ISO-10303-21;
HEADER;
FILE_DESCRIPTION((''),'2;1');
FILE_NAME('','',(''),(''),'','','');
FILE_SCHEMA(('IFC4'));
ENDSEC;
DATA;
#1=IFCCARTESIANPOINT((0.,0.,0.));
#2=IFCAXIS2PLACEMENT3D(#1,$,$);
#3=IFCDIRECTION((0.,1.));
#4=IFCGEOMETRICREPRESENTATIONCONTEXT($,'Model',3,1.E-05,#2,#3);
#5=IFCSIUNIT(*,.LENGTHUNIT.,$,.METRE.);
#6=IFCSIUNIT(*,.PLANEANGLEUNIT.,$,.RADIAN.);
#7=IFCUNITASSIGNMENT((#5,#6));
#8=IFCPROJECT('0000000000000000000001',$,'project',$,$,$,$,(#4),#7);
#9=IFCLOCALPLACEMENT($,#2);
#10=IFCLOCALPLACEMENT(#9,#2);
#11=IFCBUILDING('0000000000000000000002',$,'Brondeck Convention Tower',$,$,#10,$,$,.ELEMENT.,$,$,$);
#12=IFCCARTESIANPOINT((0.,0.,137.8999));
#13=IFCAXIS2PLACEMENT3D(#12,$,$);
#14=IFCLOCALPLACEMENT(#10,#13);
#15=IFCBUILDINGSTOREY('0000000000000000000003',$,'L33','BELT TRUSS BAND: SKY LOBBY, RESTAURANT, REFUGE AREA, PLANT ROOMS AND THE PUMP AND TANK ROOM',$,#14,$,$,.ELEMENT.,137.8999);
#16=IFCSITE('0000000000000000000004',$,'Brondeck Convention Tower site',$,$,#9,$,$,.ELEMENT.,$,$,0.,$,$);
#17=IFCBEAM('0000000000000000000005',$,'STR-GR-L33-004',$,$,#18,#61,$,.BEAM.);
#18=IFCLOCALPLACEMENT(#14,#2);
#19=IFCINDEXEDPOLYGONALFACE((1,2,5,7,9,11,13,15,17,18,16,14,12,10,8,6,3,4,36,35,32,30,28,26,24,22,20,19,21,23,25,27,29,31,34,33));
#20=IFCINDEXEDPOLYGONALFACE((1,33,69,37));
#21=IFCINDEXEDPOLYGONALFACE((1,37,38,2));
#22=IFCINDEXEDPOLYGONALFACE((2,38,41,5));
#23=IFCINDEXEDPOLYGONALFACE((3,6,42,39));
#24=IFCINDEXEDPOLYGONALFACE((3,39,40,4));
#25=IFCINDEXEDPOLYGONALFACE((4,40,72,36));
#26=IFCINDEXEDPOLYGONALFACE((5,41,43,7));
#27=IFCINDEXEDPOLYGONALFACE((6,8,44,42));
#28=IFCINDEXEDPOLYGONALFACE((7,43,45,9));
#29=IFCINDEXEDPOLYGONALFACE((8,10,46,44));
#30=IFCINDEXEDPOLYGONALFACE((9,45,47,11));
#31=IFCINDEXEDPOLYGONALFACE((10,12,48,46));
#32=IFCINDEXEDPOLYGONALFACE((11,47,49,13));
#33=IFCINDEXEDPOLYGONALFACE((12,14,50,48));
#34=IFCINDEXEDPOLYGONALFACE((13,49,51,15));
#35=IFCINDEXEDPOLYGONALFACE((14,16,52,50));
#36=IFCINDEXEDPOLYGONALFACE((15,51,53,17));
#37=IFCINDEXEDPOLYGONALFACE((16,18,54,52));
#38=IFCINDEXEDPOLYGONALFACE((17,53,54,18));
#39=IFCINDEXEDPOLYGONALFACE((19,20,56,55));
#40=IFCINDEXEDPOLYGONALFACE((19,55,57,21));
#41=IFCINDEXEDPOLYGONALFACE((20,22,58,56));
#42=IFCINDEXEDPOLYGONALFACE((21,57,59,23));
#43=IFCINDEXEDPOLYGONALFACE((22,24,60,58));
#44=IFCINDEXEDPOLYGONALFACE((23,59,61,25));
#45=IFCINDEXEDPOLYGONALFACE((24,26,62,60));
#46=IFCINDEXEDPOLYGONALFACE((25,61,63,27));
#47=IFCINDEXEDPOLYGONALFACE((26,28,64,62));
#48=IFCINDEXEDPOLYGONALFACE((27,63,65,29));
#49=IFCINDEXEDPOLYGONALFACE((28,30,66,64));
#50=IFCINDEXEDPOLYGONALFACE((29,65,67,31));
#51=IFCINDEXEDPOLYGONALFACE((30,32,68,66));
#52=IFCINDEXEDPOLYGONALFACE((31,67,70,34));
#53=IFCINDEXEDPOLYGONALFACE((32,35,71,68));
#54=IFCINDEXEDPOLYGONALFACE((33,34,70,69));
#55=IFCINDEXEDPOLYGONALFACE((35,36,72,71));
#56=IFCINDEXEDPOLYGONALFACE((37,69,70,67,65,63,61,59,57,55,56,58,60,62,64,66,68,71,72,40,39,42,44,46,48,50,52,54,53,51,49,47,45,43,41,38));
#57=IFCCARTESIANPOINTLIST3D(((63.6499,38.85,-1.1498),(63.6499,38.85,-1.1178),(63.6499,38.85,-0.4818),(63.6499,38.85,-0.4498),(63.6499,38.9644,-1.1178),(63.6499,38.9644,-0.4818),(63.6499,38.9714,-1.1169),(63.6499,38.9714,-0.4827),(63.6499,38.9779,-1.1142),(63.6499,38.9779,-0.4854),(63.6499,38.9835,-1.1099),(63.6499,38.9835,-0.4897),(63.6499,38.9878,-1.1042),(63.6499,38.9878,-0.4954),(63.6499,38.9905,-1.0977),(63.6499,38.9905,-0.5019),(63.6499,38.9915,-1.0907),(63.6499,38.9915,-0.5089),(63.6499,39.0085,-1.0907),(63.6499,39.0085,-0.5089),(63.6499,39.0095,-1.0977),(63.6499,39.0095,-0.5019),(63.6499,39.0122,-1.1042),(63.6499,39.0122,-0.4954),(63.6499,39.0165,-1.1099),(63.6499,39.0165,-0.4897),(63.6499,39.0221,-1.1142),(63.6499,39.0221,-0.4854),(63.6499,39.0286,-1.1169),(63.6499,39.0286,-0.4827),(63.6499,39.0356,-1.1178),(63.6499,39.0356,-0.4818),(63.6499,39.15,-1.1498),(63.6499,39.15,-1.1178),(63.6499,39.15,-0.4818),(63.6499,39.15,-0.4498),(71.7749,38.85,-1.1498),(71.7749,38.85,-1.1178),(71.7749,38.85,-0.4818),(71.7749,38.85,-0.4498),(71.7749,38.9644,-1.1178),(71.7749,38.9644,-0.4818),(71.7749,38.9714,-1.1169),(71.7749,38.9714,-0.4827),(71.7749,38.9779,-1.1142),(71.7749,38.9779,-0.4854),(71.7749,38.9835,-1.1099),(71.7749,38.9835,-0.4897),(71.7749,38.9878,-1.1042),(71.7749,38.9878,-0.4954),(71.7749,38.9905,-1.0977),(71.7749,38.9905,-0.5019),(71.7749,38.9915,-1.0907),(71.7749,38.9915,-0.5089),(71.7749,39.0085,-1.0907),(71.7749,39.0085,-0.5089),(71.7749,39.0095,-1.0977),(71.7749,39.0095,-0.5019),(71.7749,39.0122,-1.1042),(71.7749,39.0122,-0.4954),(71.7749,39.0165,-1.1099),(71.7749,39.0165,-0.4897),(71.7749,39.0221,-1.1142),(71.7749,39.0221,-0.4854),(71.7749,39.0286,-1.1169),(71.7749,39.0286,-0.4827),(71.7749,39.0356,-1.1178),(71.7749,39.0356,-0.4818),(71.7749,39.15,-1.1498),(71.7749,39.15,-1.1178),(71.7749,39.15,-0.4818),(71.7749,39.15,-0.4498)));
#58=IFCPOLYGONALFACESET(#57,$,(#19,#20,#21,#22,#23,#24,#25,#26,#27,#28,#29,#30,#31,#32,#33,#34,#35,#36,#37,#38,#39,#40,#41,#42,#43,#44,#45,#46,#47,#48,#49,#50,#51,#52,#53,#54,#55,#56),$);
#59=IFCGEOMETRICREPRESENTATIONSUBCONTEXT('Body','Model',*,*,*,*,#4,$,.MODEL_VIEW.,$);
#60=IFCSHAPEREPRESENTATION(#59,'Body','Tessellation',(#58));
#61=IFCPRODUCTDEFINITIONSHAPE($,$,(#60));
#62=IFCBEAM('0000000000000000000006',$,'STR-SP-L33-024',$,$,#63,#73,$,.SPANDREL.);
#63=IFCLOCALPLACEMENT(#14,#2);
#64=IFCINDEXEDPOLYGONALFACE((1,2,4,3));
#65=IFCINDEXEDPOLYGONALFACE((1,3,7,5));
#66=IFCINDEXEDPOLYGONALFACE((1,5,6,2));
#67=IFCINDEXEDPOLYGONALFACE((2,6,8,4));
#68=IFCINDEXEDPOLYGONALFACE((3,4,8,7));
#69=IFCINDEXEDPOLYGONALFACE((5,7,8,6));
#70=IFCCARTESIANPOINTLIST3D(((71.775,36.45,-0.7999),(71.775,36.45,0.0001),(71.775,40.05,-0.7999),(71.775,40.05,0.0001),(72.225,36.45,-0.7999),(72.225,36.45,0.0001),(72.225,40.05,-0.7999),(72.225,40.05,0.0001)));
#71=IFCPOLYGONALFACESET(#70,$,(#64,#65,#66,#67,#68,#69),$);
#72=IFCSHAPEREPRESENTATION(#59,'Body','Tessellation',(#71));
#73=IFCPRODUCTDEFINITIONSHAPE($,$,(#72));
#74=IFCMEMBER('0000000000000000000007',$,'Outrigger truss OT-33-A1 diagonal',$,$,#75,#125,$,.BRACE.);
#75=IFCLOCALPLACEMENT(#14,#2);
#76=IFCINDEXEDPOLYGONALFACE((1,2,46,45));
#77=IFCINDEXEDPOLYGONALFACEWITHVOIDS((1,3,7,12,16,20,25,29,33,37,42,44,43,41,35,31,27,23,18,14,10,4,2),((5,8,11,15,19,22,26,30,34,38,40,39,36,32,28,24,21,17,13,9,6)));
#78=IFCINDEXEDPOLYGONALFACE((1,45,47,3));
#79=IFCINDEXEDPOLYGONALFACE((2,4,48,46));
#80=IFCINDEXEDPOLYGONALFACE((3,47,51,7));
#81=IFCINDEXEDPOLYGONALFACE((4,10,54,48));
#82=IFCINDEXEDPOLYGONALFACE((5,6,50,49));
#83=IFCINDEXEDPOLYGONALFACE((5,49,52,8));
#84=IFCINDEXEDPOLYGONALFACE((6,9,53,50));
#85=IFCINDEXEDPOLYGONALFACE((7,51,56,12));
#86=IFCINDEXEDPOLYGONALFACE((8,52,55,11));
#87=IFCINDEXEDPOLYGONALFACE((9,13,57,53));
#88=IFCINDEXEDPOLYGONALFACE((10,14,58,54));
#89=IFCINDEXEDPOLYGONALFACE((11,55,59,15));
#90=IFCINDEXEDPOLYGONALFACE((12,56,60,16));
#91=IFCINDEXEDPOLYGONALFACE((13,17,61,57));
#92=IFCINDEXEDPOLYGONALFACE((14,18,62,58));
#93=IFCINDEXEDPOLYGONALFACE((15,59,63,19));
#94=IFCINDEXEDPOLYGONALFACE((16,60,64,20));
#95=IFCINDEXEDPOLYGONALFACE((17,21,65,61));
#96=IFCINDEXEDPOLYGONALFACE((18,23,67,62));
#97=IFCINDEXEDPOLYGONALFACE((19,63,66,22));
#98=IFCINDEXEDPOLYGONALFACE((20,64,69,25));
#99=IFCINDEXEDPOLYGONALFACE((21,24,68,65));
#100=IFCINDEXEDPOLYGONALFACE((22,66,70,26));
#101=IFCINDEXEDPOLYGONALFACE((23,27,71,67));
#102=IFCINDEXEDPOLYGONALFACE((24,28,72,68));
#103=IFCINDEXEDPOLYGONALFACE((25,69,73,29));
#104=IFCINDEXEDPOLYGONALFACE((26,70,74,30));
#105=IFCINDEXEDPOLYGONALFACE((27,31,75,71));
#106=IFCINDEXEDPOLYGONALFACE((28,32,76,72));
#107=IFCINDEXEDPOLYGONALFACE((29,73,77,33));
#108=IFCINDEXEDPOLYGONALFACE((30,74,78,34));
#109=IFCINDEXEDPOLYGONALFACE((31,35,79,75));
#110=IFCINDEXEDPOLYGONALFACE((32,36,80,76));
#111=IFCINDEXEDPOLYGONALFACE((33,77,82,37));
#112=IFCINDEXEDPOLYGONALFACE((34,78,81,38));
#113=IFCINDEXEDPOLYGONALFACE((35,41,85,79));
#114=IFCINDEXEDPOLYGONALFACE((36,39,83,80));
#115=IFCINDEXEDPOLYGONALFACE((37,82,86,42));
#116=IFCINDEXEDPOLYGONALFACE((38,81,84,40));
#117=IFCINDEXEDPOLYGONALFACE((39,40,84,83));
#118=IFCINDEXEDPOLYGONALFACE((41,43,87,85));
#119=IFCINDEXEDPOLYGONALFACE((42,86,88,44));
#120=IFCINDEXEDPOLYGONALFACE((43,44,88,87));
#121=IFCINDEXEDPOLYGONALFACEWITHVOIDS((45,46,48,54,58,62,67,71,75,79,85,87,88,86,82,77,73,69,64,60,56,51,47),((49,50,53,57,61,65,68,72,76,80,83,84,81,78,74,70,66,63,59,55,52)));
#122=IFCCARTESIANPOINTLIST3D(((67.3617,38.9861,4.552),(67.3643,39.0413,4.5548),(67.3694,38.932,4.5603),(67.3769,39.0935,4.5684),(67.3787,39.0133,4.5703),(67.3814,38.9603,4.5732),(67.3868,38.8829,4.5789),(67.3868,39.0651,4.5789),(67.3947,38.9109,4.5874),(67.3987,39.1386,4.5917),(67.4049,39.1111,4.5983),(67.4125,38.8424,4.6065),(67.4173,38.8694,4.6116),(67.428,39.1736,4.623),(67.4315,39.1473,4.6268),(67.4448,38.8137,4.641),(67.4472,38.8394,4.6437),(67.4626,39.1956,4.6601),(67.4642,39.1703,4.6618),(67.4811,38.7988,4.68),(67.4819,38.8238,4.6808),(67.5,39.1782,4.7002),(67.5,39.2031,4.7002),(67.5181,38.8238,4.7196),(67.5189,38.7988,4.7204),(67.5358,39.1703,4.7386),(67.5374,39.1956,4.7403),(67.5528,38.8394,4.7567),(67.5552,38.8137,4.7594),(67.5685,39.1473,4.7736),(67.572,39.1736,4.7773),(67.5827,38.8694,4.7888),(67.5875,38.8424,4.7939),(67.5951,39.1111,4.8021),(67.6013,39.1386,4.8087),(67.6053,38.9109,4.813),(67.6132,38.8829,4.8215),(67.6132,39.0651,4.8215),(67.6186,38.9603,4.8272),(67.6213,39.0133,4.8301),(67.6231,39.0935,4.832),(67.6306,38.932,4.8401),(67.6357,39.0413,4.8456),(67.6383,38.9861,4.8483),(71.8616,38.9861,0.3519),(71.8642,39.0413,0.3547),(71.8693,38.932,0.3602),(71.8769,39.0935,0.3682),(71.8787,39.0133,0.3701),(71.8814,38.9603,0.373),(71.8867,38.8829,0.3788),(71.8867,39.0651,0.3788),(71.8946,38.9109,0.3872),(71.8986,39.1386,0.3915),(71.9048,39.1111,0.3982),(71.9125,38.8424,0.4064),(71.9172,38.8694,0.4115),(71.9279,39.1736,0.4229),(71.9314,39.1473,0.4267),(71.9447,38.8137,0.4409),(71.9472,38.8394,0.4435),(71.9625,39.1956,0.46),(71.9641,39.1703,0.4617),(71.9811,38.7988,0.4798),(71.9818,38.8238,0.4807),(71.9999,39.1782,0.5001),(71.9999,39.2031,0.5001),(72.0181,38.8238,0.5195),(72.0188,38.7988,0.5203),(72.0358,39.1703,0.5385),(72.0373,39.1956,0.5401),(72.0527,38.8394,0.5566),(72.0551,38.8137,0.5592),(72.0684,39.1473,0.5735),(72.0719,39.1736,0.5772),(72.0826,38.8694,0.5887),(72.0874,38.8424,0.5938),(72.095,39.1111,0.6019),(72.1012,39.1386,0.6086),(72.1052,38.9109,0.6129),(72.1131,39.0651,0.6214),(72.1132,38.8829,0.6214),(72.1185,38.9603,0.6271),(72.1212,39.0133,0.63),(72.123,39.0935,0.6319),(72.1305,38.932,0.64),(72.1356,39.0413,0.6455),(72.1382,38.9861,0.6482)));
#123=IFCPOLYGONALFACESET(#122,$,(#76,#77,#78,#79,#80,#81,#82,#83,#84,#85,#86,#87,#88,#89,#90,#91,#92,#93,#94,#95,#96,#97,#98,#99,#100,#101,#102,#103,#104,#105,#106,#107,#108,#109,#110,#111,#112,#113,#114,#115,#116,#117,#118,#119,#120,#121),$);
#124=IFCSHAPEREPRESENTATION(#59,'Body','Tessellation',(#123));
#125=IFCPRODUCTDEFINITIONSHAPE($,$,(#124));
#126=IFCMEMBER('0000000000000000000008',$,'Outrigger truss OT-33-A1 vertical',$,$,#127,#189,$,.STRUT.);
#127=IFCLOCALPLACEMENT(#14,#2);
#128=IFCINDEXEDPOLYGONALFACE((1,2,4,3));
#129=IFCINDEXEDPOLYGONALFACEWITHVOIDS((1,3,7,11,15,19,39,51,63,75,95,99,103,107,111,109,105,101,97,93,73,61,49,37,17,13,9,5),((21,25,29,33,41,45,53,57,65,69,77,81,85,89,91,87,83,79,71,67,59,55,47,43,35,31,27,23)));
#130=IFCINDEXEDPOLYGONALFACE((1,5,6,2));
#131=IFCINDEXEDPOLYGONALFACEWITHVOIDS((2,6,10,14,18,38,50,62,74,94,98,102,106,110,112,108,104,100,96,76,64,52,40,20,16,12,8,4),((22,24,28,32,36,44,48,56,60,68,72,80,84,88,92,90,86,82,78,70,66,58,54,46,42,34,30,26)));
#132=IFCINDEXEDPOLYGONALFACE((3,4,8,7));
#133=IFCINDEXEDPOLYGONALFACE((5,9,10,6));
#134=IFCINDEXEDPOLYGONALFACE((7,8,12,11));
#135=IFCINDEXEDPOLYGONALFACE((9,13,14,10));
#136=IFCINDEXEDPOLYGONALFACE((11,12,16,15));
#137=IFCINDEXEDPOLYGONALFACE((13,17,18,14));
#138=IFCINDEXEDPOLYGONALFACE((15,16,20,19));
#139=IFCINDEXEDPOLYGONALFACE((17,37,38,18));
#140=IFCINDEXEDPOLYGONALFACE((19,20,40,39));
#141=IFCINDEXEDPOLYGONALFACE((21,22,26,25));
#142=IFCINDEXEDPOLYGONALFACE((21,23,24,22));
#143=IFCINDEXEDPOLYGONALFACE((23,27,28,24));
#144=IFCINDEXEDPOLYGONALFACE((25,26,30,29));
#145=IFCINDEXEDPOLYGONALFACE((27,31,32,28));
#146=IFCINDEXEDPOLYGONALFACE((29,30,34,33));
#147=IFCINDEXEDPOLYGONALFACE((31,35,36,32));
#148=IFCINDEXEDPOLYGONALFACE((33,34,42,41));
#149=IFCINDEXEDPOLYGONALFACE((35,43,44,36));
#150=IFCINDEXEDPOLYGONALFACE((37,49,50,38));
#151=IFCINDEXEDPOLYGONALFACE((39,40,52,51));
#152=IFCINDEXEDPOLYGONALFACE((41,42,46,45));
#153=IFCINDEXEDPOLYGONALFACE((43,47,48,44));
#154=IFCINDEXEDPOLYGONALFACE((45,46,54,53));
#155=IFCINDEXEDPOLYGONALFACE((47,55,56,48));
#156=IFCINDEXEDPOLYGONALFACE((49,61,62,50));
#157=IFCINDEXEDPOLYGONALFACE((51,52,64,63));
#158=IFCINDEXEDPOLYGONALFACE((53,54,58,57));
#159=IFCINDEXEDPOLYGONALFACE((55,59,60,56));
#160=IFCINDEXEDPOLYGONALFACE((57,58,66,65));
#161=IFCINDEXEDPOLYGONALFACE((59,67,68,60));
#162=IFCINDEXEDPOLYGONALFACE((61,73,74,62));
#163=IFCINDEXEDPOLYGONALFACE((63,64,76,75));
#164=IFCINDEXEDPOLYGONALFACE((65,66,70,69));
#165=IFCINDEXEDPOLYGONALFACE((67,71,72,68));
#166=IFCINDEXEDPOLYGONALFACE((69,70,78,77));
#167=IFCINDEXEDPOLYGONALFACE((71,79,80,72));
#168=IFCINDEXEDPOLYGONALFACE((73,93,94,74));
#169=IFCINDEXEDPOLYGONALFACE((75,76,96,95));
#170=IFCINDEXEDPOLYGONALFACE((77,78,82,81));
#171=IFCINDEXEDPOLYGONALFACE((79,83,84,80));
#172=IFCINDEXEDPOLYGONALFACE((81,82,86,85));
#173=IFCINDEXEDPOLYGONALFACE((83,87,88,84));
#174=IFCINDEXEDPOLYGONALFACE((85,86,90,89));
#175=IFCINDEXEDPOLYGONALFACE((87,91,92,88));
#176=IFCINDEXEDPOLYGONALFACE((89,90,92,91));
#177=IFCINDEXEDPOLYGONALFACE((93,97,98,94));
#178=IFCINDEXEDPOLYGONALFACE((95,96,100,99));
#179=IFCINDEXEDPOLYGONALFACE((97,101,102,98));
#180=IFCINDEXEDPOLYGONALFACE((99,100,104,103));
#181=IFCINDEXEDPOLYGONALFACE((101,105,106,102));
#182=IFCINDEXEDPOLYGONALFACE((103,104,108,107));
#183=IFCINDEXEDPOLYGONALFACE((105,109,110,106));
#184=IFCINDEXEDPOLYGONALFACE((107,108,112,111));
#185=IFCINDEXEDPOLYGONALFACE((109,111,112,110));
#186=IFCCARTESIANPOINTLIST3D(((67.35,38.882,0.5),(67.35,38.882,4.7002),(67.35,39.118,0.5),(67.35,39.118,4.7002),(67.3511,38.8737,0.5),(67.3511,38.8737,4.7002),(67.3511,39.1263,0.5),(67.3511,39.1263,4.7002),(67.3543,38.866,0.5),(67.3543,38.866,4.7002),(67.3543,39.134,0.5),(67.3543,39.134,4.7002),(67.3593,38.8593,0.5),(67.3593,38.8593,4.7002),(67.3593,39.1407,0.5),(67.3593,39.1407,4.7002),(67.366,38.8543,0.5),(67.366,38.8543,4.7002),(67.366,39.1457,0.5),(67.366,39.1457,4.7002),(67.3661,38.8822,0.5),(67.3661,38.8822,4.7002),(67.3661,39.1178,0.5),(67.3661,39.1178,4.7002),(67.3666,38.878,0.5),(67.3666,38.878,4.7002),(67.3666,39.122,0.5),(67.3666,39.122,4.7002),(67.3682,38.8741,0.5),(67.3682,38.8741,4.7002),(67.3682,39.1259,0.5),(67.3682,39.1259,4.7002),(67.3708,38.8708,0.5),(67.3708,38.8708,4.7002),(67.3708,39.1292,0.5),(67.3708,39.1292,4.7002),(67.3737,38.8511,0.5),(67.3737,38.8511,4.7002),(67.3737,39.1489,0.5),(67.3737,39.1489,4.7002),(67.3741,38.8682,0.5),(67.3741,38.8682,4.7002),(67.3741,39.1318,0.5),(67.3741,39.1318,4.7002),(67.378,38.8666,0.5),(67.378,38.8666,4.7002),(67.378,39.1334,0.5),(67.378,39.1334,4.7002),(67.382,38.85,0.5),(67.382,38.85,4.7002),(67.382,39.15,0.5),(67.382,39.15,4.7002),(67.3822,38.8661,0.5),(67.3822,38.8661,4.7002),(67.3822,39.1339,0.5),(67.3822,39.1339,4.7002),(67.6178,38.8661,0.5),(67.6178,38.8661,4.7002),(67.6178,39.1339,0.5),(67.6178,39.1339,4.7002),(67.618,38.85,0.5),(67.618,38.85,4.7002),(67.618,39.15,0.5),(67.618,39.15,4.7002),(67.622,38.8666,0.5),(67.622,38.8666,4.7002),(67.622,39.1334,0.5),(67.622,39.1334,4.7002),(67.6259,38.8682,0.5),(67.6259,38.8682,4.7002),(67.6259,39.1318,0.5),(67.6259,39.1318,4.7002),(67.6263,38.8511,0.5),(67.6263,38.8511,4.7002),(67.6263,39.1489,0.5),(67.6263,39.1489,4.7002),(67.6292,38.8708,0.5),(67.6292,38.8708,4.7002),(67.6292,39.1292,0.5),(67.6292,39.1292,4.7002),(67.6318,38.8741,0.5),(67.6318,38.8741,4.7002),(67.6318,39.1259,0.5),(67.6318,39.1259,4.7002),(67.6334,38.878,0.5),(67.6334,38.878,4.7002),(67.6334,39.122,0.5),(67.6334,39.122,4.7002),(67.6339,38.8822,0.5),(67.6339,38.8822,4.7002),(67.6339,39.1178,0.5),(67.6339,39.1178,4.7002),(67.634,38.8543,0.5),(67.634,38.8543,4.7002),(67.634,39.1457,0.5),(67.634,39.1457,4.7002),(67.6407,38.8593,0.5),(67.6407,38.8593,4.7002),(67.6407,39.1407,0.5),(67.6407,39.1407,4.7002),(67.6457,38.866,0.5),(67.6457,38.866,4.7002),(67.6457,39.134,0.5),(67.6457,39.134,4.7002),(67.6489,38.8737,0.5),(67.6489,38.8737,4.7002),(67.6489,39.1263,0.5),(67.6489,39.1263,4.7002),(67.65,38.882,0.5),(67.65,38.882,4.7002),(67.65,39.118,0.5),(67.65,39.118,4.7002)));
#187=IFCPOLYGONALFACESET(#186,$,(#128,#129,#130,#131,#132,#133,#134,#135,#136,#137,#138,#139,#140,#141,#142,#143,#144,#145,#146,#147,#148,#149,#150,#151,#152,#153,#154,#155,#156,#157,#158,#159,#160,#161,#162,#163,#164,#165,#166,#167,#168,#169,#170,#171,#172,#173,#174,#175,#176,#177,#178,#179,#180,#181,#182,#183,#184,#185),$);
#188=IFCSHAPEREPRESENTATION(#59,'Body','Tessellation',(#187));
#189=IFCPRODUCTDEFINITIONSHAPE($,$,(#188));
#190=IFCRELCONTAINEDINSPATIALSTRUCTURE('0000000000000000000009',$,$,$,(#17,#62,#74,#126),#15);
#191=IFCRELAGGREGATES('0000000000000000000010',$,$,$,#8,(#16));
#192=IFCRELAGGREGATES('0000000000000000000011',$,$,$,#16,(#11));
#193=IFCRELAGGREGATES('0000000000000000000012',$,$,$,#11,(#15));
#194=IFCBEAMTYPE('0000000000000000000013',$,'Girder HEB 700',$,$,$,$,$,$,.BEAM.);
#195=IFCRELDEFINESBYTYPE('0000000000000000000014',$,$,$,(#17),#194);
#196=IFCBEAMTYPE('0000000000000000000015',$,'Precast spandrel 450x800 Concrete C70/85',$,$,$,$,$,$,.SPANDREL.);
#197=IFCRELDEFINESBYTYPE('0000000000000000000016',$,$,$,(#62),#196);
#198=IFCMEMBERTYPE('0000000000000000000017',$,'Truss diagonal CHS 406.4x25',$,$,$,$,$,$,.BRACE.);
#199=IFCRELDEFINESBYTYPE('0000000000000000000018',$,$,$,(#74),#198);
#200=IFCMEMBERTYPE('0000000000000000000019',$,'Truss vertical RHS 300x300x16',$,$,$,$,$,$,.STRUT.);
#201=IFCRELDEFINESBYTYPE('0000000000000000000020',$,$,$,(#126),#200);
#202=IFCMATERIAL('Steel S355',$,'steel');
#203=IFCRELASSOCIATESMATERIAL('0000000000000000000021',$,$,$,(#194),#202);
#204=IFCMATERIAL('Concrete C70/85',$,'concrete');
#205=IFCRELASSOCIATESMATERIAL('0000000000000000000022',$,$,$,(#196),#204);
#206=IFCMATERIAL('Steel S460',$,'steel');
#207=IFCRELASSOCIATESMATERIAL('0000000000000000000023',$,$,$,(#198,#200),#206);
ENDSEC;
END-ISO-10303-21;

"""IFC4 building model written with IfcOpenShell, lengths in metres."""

from ifc_helpers import new_model, si_unit, direction, frame, origin, origin_2d, place, context, subcontext, project, spatial, rectangle, hollow_rectangle, hollow_circle, i_section, extrude, material, material_profile, profile_set, type_object, element, save


model = new_model("IFC4")

# Units and contexts
model_context = context("Model", 3, precision=1e-05, world=origin(), true_north=direction((0.0, 1.0)))
body_context = subcontext(model_context, "Body", "Model", "MODEL_VIEW")
ifc_project = project(units=[si_unit("LENGTHUNIT", "METRE"), si_unit("PLANEANGLEUNIT", "RADIAN")], contexts=[model_context])

# Site, building, storey
site_placement = place(None, origin())
site = spatial("IfcSite", under=ifc_project, at=site_placement, Name="Brondeck Convention Tower site", CompositionType="ELEMENT", RefElevation=0.0)
building_placement = place(site_placement, origin())
building = spatial("IfcBuilding", under=site, at=building_placement, Name="Brondeck Convention Tower", CompositionType="ELEMENT")
storey_placement = place(building_placement, frame((0.0, 0.0, 137.8999)))
storey = spatial("IfcBuildingStorey", under=building, at=storey_placement, Name="L33", Description="BELT TRUSS BAND: SKY LOBBY, RESTAURANT, REFUGE AREA, PLANT ROOMS AND THE PUMP AND TANK ROOM", CompositionType="ELEMENT", Elevation=137.8999)

# Shared definitions
ifc_material_1 = material(Name="Concrete C70/85", Category="concrete")

# Shared definitions
ifc_material_2 = material(Name="Steel S460", Category="steel")

# Beams
ifc_material_3 = material(Name="Steel S355", Category="steel")
ifc_material_profile_1 = material_profile(ifc_material_3, i_section(OverallWidth=0.3, OverallDepth=0.7, WebThickness=0.0171, FlangeThickness=0.032, FilletRadius=0.0271, at=origin_2d()), Name="HEB 700")
ifc_profile_set_1 = profile_set([ifc_material_profile_1], Name="Steel S355")
beam_type_1 = type_object("IfcBeamType", Name="Girder HEB 700", PredefinedType="BEAM", material=ifc_profile_set_1)
beam_1_placement = place(storey_placement, frame((63.6499, 39.0, -0.7998), z_axis=(1.0, 0.0, 0.0), x_axis=(0.0, 1.0, 0.0)))
element("IfcBeam", 1, at=beam_1_placement, inside=storey, type_object=beam_type_1, Name="STR-GR-L33-004", PredefinedType="BEAM", context=body_context, shape_type="SweptSolid", body=[
    extrude(i_section(OverallWidth=0.3, OverallDepth=0.7, WebThickness=0.0171, FlangeThickness=0.032, FilletRadius=0.0271, at=origin_2d()), origin(), (0.0, 0.0, 1.0), 8.125),
])
ifc_material_profile_2 = material_profile(ifc_material_1, rectangle(XDim=0.45, YDim=0.8, at=origin_2d()), Name="Precast spandrel 450x800 Concrete C70/85")
ifc_profile_set_2 = profile_set([ifc_material_profile_2], Name="Concrete C70/85")
beam_type_2 = type_object("IfcBeamType", Name="Precast spandrel 450x800 Concrete C70/85", PredefinedType="SPANDREL", material=ifc_profile_set_2)
beam_2_placement = place(storey_placement, frame((72.0, 36.45, -0.3999), z_axis=(0.0, 1.0, 0.0), x_axis=(-1.0, 0.0, 0.0)))
element("IfcBeam", 2, at=beam_2_placement, inside=storey, type_object=beam_type_2, Name="STR-SP-L33-024", PredefinedType="SPANDREL", context=body_context, shape_type="SweptSolid", body=[
    extrude(rectangle(XDim=0.45, YDim=0.8, at=origin_2d()), origin(), (0.0, 0.0, 1.0), 3.6001),
])

# Members
ifc_material_profile_3 = material_profile(ifc_material_2, hollow_circle(Radius=0.2031, WallThickness=0.0249, at=origin_2d()), Name="CHS 406.4x25")
ifc_profile_set_3 = profile_set([ifc_material_profile_3], Name="Steel S460")
member_type_1 = type_object("IfcMemberType", Name="Truss diagonal CHS 406.4x25", PredefinedType="BRACE", material=ifc_profile_set_3)
member_1_placement = place(storey_placement, frame((67.5, 39.0, 4.7002), z_axis=(0.731039, 0.0, -0.682335), x_axis=(0.0, 1.0, 0.0)))
element("IfcMember", 3, at=member_1_placement, inside=storey, type_object=member_type_1, Name="Outrigger truss OT-33-A1 diagonal", PredefinedType="BRACE", context=body_context, shape_type="SweptSolid", body=[
    extrude(hollow_circle(Radius=0.2031, WallThickness=0.0249, at=origin_2d()), origin(), (0.0, 0.0, 1.0), 6.1555),
])
ifc_material_profile_4 = material_profile(ifc_material_2, hollow_rectangle(XDim=0.3, YDim=0.3, WallThickness=0.0161, InnerFilletRadius=0.0161, OuterFilletRadius=0.032, at=origin_2d()), Name="RHS 300x300x16")
ifc_profile_set_4 = profile_set([ifc_material_profile_4], Name="Steel S460")
member_type_2 = type_object("IfcMemberType", Name="Truss vertical RHS 300x300x16", PredefinedType="STRUT", material=ifc_profile_set_4)
for number, where, z_axis, x_axis, name in (
    (4, (67.5, 39.0, 0.5), (0.0, 0.0, 1.0), (1.0, 0.0, 0.0), "Outrigger truss OT-33-A1 vertical"),
):
    element("IfcMember", number, at=place(storey_placement, frame(where, z_axis=z_axis, x_axis=x_axis)), inside=storey, type_object=member_type_2, Name=name, PredefinedType="STRUT", context=body_context, shape_type="SweptSolid", body=[
        extrude(hollow_rectangle(XDim=0.3, YDim=0.3, WallThickness=0.0161, InnerFilletRadius=0.0161, OuterFilletRadius=0.032, at=origin_2d()), origin(), (0.0, 0.0, 1.0), 4.2002),
    ])

save(model, "model.ifc")
